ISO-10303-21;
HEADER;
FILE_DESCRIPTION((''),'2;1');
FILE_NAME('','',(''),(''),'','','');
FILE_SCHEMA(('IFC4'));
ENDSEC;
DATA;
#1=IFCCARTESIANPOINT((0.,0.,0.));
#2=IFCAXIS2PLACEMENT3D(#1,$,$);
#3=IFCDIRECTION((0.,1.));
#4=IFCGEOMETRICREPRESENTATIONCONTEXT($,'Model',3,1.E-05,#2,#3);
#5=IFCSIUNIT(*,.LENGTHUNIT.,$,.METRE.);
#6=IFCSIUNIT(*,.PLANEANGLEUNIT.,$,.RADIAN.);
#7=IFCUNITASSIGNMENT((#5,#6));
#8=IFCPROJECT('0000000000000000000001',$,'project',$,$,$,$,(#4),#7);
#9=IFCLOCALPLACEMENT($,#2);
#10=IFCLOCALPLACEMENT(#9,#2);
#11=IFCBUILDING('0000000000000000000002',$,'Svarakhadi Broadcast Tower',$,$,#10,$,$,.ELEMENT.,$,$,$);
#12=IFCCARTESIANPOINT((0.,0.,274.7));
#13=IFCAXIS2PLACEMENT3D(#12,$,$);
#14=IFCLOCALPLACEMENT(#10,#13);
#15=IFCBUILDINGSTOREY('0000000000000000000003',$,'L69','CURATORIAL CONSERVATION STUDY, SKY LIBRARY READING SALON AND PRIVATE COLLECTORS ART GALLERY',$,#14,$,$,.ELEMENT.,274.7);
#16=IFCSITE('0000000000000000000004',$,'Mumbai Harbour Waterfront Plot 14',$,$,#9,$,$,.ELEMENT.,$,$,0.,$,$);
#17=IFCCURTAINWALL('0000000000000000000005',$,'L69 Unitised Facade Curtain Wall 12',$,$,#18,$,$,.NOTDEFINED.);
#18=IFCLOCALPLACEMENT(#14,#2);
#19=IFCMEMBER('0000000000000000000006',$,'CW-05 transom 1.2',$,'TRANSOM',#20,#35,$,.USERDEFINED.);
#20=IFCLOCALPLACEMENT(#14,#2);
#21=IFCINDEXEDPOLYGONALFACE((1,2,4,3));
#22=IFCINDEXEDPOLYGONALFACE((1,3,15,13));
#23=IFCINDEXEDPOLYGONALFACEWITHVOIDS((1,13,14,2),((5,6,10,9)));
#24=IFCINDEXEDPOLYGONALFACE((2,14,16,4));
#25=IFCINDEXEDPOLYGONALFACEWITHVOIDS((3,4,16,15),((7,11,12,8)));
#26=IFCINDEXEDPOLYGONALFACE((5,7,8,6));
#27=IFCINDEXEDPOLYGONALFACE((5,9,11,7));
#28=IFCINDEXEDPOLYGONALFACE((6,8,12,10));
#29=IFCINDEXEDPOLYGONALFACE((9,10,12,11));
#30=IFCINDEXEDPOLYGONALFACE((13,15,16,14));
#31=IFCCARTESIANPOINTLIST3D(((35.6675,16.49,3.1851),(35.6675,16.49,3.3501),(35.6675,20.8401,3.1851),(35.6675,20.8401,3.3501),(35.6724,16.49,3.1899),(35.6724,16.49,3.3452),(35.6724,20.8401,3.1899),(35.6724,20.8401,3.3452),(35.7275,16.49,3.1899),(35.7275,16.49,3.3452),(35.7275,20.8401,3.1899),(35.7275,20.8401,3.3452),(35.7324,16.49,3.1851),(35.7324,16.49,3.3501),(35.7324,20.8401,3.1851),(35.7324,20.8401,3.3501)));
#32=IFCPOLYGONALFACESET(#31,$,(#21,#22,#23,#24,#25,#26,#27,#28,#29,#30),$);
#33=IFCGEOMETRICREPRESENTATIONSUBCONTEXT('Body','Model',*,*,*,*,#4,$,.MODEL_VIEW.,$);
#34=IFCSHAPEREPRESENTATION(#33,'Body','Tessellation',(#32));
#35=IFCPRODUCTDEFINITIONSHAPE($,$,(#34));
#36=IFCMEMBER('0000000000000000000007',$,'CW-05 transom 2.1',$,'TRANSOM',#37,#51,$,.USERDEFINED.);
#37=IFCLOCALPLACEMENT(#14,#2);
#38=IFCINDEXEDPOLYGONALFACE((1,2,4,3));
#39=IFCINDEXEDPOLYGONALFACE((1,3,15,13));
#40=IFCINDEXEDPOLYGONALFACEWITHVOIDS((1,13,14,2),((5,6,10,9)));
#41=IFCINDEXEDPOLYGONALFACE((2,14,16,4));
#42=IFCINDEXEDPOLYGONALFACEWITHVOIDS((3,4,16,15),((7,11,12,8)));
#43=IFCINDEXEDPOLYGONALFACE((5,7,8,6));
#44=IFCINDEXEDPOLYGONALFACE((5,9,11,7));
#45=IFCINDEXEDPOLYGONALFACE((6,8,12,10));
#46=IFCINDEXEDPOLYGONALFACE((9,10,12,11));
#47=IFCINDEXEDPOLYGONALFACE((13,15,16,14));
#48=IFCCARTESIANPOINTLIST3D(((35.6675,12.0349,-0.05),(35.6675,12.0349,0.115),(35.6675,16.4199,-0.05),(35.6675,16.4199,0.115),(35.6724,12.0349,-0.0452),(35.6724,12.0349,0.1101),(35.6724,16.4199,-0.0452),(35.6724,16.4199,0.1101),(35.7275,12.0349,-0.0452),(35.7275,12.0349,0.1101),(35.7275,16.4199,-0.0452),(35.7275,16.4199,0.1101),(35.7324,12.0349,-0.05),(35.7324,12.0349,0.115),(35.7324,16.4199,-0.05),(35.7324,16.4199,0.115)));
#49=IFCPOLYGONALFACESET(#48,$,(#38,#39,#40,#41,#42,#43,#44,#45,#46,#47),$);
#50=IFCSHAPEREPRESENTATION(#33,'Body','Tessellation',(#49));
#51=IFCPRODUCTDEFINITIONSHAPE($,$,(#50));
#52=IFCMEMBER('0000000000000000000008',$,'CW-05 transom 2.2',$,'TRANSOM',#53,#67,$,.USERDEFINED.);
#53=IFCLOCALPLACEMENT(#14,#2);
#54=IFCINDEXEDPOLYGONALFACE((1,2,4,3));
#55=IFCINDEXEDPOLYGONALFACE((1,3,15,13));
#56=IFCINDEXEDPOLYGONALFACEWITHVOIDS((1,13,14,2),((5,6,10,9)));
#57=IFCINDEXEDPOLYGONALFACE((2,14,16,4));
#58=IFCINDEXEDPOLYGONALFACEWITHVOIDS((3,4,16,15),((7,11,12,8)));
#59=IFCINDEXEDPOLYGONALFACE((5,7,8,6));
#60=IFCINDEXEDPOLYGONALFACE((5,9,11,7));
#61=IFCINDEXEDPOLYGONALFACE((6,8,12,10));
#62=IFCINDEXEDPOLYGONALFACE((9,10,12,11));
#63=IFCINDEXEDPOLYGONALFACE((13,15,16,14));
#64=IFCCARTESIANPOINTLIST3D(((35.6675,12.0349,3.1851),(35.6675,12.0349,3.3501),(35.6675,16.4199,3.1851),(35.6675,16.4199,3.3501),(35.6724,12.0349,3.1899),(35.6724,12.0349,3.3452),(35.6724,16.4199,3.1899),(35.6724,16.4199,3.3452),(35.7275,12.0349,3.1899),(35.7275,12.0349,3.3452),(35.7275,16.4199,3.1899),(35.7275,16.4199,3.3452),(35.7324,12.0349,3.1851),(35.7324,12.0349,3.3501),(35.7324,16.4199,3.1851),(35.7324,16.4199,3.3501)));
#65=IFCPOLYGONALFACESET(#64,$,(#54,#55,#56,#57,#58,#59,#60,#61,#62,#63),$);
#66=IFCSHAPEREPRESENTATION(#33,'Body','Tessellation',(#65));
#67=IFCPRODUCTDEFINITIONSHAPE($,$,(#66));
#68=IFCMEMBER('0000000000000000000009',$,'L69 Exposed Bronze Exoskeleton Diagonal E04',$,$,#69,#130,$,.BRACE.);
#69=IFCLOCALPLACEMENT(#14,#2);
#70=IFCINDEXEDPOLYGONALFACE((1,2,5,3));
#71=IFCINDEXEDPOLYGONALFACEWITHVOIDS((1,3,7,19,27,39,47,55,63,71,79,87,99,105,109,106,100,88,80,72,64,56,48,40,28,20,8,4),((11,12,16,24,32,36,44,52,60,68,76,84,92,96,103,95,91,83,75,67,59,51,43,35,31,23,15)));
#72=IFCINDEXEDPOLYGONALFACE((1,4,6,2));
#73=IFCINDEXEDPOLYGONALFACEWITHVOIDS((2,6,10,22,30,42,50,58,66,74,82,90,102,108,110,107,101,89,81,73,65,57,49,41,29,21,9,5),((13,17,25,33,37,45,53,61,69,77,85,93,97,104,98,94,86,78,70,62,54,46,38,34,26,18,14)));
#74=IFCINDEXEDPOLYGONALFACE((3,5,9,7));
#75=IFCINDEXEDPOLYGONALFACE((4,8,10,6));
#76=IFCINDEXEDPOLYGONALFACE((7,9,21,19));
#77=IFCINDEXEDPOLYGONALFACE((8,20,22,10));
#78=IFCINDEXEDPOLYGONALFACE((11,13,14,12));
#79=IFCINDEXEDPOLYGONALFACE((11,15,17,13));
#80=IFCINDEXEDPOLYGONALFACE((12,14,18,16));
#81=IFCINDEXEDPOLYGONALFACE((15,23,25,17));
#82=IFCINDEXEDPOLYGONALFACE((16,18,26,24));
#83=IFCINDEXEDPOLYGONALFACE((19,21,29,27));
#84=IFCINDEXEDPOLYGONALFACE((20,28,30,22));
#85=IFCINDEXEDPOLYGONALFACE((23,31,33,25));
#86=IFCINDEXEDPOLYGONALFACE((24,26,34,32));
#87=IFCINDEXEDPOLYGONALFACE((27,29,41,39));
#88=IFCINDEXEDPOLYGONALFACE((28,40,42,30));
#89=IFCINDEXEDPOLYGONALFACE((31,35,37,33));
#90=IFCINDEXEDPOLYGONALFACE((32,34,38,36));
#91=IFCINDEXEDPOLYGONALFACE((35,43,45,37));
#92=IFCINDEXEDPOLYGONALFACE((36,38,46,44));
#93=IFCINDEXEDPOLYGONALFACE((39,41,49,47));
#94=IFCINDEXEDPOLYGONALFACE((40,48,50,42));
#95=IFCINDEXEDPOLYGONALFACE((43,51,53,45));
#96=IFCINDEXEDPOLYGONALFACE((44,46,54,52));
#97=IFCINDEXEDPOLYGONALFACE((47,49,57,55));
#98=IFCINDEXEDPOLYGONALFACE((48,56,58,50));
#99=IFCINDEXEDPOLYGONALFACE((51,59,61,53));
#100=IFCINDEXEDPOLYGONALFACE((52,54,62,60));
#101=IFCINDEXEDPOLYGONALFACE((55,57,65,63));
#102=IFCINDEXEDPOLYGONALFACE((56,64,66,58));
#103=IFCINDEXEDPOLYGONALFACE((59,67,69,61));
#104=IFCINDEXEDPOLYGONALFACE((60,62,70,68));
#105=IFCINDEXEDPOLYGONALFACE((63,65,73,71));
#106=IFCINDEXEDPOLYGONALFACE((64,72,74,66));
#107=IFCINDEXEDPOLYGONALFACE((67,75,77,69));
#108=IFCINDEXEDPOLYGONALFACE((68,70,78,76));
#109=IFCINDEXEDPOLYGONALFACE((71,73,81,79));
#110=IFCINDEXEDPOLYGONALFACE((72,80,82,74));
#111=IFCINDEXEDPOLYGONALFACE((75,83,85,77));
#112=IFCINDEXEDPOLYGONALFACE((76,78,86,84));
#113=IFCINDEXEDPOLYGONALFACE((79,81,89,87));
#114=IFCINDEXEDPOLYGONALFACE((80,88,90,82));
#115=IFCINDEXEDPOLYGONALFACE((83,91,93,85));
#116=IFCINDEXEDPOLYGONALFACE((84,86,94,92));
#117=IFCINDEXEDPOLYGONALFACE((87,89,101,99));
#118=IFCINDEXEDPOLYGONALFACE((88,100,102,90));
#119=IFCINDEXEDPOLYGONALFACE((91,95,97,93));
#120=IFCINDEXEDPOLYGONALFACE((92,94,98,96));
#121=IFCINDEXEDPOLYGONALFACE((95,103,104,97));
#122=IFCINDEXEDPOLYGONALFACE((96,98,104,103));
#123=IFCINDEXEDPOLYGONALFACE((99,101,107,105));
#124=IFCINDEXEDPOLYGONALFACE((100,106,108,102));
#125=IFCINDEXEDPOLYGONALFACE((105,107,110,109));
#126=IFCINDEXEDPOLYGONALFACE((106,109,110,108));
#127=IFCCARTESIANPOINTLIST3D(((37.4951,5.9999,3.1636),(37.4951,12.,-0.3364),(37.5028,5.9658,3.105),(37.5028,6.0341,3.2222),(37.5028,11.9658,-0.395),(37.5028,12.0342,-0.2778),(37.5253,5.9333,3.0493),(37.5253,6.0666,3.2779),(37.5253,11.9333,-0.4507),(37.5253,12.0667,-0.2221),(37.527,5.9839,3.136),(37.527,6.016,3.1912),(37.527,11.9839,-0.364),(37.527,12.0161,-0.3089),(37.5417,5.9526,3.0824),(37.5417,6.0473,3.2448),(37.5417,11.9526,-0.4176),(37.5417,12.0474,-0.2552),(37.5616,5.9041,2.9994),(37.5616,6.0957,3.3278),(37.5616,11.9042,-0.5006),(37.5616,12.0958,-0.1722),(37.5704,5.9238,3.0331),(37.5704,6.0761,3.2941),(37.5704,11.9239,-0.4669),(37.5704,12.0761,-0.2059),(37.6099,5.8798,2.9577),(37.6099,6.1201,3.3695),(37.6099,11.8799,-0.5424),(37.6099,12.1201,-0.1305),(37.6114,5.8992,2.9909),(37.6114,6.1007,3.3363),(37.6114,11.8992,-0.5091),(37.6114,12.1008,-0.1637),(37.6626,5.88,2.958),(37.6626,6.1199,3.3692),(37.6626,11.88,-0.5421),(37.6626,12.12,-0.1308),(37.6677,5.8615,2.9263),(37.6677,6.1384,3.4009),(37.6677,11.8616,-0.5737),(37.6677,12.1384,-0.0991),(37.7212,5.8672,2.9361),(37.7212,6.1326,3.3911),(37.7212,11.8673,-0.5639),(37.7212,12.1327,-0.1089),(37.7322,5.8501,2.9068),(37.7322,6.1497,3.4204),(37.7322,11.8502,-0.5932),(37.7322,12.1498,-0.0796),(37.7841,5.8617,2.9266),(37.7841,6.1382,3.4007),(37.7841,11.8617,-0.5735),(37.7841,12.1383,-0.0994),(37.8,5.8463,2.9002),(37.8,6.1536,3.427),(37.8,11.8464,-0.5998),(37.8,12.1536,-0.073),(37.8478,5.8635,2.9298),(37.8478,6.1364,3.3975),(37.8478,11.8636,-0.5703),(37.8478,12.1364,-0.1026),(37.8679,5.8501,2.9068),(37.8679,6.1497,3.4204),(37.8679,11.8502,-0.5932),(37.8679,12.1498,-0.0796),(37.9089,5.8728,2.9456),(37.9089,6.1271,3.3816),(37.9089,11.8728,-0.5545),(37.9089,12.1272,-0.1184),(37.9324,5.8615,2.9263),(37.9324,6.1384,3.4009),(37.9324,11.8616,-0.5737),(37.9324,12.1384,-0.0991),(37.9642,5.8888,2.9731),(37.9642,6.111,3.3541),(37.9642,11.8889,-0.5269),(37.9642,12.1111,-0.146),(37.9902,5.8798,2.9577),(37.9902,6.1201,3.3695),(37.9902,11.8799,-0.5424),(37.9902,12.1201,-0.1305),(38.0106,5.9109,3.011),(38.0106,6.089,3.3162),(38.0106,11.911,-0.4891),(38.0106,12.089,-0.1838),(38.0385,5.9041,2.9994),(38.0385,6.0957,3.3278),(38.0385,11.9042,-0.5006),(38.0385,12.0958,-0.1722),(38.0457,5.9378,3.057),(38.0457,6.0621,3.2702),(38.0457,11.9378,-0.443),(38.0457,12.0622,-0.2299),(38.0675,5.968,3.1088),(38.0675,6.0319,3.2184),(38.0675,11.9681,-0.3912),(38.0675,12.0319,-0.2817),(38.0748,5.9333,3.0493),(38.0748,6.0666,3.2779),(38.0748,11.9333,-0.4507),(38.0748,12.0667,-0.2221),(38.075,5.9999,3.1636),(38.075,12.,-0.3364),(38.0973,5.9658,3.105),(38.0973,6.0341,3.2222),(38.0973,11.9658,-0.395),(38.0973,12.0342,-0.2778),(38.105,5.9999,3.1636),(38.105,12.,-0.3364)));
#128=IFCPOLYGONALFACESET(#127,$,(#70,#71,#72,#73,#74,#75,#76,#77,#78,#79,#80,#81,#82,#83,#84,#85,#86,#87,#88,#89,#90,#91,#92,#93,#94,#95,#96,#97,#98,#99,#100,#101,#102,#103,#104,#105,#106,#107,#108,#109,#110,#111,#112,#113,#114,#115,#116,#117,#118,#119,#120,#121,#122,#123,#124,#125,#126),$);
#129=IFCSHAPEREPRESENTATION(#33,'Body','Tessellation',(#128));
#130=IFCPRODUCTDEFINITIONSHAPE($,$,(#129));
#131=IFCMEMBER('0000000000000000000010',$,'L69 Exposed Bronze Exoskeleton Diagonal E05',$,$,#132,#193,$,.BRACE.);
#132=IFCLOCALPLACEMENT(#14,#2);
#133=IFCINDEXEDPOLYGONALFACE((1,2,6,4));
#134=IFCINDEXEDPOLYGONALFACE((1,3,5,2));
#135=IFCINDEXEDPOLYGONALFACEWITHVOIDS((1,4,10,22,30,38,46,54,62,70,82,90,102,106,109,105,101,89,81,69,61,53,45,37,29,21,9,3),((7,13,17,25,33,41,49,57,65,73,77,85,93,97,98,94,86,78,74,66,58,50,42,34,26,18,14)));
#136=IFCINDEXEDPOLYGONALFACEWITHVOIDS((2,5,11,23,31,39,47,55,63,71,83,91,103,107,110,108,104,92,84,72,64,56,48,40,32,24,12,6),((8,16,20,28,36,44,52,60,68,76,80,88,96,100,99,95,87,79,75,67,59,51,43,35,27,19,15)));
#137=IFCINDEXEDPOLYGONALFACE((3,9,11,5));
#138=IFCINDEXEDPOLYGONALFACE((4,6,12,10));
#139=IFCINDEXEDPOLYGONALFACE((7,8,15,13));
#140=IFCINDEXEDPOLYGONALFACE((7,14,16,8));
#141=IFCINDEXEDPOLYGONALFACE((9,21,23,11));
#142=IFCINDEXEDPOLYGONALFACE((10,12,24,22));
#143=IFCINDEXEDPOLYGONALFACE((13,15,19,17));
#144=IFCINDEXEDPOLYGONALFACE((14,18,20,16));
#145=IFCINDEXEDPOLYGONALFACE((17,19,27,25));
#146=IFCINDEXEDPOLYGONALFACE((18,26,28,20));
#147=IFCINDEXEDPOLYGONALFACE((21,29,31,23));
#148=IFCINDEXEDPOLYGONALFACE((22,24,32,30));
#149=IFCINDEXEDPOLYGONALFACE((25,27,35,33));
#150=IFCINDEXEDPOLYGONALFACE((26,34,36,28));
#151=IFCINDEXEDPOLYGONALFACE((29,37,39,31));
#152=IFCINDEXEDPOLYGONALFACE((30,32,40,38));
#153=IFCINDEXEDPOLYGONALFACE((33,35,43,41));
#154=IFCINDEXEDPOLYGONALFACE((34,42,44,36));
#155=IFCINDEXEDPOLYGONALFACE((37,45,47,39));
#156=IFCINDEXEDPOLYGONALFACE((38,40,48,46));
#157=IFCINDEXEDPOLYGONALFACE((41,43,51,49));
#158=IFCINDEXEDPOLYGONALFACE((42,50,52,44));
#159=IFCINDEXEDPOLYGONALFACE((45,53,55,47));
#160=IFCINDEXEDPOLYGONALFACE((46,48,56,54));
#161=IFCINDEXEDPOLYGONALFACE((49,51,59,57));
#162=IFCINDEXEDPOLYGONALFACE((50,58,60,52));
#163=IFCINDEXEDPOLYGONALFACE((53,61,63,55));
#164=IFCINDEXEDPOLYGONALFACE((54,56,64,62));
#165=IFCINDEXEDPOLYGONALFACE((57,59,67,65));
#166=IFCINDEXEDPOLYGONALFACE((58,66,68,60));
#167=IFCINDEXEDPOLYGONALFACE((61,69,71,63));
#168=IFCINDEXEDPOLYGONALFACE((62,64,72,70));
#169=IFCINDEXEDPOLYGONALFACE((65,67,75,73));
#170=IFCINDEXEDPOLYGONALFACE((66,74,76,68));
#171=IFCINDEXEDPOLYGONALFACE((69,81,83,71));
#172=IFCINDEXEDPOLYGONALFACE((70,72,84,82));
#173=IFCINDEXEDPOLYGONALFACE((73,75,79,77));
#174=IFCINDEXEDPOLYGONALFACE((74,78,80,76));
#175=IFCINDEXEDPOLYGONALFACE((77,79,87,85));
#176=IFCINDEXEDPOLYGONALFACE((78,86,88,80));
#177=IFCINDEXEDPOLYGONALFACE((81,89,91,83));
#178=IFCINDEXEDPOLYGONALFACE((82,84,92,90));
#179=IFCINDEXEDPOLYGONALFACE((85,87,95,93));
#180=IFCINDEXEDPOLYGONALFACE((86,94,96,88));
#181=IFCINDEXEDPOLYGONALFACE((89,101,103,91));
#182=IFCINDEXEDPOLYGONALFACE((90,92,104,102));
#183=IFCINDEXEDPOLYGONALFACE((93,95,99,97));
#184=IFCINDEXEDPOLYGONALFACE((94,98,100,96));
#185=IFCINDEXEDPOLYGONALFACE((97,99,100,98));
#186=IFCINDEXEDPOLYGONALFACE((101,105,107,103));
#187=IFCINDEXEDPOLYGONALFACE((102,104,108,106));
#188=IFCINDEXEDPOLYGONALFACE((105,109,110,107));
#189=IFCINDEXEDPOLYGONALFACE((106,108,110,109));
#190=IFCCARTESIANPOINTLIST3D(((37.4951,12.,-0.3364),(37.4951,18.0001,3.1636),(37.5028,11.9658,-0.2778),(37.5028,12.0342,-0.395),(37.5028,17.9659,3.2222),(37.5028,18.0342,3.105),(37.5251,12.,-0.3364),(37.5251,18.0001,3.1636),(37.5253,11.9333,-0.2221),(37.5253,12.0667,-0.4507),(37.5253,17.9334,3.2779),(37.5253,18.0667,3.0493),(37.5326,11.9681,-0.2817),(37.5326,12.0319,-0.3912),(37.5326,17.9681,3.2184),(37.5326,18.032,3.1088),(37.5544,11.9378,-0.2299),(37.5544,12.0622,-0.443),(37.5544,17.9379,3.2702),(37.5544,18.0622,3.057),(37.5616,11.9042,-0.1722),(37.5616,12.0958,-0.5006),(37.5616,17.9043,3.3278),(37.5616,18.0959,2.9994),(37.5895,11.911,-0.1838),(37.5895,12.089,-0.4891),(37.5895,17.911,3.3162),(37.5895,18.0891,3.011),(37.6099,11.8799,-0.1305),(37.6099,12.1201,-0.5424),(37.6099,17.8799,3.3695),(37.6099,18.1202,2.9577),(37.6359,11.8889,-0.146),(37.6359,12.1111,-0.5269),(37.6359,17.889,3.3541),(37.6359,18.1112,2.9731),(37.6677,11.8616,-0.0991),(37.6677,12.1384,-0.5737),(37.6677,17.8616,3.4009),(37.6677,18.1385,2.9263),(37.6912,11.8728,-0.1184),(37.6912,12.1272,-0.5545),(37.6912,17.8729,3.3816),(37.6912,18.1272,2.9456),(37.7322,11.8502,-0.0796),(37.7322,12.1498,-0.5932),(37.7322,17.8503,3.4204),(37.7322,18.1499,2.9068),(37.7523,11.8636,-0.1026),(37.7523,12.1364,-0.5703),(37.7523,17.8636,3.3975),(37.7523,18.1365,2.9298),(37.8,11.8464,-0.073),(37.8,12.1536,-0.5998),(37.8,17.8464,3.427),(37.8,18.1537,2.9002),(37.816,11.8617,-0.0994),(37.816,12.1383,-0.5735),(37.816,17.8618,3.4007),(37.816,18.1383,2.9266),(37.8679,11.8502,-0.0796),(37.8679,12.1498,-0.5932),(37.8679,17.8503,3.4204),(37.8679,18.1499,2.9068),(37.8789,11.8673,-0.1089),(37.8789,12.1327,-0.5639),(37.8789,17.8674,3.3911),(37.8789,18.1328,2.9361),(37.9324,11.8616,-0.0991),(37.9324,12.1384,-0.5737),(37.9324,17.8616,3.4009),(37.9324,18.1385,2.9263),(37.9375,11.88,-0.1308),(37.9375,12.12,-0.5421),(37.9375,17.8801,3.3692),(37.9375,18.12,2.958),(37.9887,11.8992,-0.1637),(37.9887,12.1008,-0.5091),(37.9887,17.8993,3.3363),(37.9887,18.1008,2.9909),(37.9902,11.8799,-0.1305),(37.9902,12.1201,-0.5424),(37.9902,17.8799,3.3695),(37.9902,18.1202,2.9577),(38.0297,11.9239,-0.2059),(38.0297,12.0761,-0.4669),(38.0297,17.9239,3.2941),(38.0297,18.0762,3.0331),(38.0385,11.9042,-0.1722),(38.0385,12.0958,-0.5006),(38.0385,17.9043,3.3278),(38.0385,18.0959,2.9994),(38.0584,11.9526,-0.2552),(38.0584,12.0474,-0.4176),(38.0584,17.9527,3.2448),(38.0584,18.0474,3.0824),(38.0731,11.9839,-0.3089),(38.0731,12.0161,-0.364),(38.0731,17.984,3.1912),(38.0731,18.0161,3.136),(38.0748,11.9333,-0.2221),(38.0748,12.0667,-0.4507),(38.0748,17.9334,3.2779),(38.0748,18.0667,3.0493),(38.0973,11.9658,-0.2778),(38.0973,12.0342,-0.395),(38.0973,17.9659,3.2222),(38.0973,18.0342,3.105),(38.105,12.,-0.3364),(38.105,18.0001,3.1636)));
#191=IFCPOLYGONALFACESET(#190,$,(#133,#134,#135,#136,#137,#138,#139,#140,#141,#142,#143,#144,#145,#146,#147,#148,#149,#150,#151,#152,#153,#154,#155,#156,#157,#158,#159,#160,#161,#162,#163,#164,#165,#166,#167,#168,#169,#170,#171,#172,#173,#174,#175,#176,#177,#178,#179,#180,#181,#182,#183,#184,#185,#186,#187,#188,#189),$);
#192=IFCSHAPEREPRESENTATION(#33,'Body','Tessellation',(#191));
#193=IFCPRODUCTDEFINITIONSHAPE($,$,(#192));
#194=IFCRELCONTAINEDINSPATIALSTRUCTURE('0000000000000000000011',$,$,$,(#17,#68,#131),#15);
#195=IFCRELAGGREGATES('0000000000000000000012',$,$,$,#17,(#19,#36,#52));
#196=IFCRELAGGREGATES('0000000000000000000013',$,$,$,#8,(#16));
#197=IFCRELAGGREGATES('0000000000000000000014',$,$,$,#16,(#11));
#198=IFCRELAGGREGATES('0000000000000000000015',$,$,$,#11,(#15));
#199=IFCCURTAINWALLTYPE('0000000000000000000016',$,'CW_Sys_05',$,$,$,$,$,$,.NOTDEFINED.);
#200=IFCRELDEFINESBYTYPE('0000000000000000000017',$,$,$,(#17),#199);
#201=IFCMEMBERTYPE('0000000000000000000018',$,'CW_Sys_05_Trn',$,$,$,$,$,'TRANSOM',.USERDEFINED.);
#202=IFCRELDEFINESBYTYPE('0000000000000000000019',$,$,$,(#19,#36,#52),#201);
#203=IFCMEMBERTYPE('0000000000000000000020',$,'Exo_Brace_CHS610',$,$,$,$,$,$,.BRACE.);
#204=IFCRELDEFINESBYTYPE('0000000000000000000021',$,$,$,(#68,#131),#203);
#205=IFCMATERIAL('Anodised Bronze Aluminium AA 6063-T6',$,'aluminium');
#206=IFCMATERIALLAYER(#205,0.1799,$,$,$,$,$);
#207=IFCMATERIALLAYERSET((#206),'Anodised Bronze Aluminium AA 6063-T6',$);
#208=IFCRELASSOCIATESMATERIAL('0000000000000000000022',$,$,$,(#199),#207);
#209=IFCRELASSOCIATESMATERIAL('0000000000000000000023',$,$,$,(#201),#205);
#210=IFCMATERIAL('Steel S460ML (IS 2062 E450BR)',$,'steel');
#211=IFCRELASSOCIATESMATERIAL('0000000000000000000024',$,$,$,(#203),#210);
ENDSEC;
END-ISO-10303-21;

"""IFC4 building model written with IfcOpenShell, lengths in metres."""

from ifc_helpers import new_model, si_unit, direction, frame, origin, origin_2d, place, context, subcontext, project, spatial, hollow_rectangle, hollow_circle, extrude, material, layer, layer_set, material_profile, profile_set, type_object, element, aggregate, save


model = new_model("IFC4")

# Units and contexts
model_context = context("Model", 3, precision=1e-05, world=origin(), true_north=direction((0.0, 1.0)))
body_context = subcontext(model_context, "Body", "Model", "MODEL_VIEW")
ifc_project = project(units=[si_unit("LENGTHUNIT", "METRE"), si_unit("PLANEANGLEUNIT", "RADIAN")], contexts=[model_context])

# Site, building, storey
site_placement = place(None, origin())
site = spatial("IfcSite", under=ifc_project, at=site_placement, Name="Mumbai Harbour Waterfront Plot 14", CompositionType="ELEMENT", RefElevation=0.0)
building_placement = place(site_placement, origin())
building = spatial("IfcBuilding", under=site, at=building_placement, Name="Svarakhadi Broadcast Tower", CompositionType="ELEMENT")
storey_placement = place(building_placement, frame((0.0, 0.0, 274.7)))
storey = spatial("IfcBuildingStorey", under=building, at=storey_placement, Name="L69", Description="CURATORIAL CONSERVATION STUDY, SKY LIBRARY READING SALON AND PRIVATE COLLECTORS ART GALLERY", CompositionType="ELEMENT", Elevation=274.7)

# Shared definitions
ifc_material_1 = material(Name="Steel S460ML (IS 2062 E450BR)", Category="steel")

# Shared definitions
ifc_material_2 = material(Name="Anodised Bronze Aluminium AA 6063-T6", Category="aluminium")
ifc_layer_1 = layer(ifc_material_2, 0.1799)
ifc_layer_set_1 = layer_set([ifc_layer_1], Name="Anodised Bronze Aluminium AA 6063-T6")
curtain_wall_type = type_object("IfcCurtainWallType", Name="CW_Sys_05", PredefinedType="NOTDEFINED", material=ifc_layer_set_1)

# Curtain wall, members
curtain_wall_1_placement = place(storey_placement, origin())
curtain_wall_1 = element("IfcCurtainWall", 1, at=curtain_wall_1_placement, inside=storey, type_object=curtain_wall_type, Name="L69 Unitised Facade Curtain Wall 12", PredefinedType="NOTDEFINED")
ifc_material_profile_1 = material_profile(ifc_material_2, hollow_rectangle(XDim=0.0649, YDim=0.165, WallThickness=0.0049, at=origin_2d()), Name="ALU TRANSOM 165x65x5")
ifc_profile_set_1 = profile_set([ifc_material_profile_1], Name="Anodised Bronze Aluminium AA 6063-T6")
member_type_1 = type_object("IfcMemberType", Name="CW_Sys_05_Trn", ElementType="TRANSOM", PredefinedType="USERDEFINED", material=ifc_profile_set_1)
member_1_placement = place(storey_placement, frame((35.7, 20.8401, 3.2676), z_axis=(0.0, -1.0, 0.0), x_axis=(1.0, 0.0, 0.0)))
member_1 = element("IfcMember", 2, at=member_1_placement, type_object=member_type_1, Name="CW-05 transom 1.2", ObjectType="TRANSOM", PredefinedType="USERDEFINED", context=body_context, shape_type="SweptSolid", body=[
    extrude(hollow_rectangle(XDim=0.0649, YDim=0.165, WallThickness=0.0049, at=origin_2d()), origin(), (0.0, 0.0, 1.0), 4.3501),
])
member_2_placement = place(storey_placement, frame((35.7, 16.4199, 0.0325), z_axis=(0.0, -1.0, 0.0), x_axis=(1.0, 0.0, 0.0)))
member_2 = element("IfcMember", 3, at=member_2_placement, type_object=member_type_1, Name="CW-05 transom 2.1", ObjectType="TRANSOM", PredefinedType="USERDEFINED", context=body_context, shape_type="SweptSolid", body=[
    extrude(hollow_rectangle(XDim=0.0649, YDim=0.165, WallThickness=0.0049, at=origin_2d()), origin(), (0.0, 0.0, 1.0), 4.385),
])
member_3_placement = place(storey_placement, frame((35.7, 16.4199, 3.2676), z_axis=(0.0, -1.0, 0.0), x_axis=(1.0, 0.0, 0.0)))
member_3 = element("IfcMember", 4, at=member_3_placement, type_object=member_type_1, Name="CW-05 transom 2.2", ObjectType="TRANSOM", PredefinedType="USERDEFINED", context=body_context, shape_type="SweptSolid", body=[
    extrude(hollow_rectangle(XDim=0.0649, YDim=0.165, WallThickness=0.0049, at=origin_2d()), origin(), (0.0, 0.0, 1.0), 4.385),
])

# Members
ifc_material_profile_2 = material_profile(ifc_material_1, hollow_circle(Radius=0.3049, WallThickness=0.03, at=origin_2d()), Name="CHS 610x30")
ifc_profile_set_2 = profile_set([ifc_material_profile_2], Name="Steel S460ML (IS 2062 E450BR)")
member_type_2 = type_object("IfcMemberType", Name="Exo_Brace_CHS610", PredefinedType="BRACE", material=ifc_profile_set_2)
for number, where, z_axis, x_axis, name in (
    (5, (37.8, 12.0, -0.3364), (0.0, -0.863779, 0.503871), (1.0, 0.0, 0.0), "L69 Exposed Bronze Exoskeleton Diagonal E04"),
    (6, (37.8, 12.0, -0.3364), (0.0, 0.863779, 0.503871), (-1.0, 0.0, 0.0), "L69 Exposed Bronze Exoskeleton Diagonal E05"),
):
    element("IfcMember", number, at=place(storey_placement, frame(where, z_axis=z_axis, x_axis=x_axis)), inside=storey, type_object=member_type_2, Name=name, PredefinedType="BRACE", context=body_context, shape_type="SweptSolid", body=[
        extrude(hollow_circle(Radius=0.3049, WallThickness=0.03, at=origin_2d()), origin(), (0.0, 0.0, 1.0), 6.9463),
    ])

aggregate(curtain_wall_1, [member_1, member_2, member_3])

save(model, "model.ifc")
